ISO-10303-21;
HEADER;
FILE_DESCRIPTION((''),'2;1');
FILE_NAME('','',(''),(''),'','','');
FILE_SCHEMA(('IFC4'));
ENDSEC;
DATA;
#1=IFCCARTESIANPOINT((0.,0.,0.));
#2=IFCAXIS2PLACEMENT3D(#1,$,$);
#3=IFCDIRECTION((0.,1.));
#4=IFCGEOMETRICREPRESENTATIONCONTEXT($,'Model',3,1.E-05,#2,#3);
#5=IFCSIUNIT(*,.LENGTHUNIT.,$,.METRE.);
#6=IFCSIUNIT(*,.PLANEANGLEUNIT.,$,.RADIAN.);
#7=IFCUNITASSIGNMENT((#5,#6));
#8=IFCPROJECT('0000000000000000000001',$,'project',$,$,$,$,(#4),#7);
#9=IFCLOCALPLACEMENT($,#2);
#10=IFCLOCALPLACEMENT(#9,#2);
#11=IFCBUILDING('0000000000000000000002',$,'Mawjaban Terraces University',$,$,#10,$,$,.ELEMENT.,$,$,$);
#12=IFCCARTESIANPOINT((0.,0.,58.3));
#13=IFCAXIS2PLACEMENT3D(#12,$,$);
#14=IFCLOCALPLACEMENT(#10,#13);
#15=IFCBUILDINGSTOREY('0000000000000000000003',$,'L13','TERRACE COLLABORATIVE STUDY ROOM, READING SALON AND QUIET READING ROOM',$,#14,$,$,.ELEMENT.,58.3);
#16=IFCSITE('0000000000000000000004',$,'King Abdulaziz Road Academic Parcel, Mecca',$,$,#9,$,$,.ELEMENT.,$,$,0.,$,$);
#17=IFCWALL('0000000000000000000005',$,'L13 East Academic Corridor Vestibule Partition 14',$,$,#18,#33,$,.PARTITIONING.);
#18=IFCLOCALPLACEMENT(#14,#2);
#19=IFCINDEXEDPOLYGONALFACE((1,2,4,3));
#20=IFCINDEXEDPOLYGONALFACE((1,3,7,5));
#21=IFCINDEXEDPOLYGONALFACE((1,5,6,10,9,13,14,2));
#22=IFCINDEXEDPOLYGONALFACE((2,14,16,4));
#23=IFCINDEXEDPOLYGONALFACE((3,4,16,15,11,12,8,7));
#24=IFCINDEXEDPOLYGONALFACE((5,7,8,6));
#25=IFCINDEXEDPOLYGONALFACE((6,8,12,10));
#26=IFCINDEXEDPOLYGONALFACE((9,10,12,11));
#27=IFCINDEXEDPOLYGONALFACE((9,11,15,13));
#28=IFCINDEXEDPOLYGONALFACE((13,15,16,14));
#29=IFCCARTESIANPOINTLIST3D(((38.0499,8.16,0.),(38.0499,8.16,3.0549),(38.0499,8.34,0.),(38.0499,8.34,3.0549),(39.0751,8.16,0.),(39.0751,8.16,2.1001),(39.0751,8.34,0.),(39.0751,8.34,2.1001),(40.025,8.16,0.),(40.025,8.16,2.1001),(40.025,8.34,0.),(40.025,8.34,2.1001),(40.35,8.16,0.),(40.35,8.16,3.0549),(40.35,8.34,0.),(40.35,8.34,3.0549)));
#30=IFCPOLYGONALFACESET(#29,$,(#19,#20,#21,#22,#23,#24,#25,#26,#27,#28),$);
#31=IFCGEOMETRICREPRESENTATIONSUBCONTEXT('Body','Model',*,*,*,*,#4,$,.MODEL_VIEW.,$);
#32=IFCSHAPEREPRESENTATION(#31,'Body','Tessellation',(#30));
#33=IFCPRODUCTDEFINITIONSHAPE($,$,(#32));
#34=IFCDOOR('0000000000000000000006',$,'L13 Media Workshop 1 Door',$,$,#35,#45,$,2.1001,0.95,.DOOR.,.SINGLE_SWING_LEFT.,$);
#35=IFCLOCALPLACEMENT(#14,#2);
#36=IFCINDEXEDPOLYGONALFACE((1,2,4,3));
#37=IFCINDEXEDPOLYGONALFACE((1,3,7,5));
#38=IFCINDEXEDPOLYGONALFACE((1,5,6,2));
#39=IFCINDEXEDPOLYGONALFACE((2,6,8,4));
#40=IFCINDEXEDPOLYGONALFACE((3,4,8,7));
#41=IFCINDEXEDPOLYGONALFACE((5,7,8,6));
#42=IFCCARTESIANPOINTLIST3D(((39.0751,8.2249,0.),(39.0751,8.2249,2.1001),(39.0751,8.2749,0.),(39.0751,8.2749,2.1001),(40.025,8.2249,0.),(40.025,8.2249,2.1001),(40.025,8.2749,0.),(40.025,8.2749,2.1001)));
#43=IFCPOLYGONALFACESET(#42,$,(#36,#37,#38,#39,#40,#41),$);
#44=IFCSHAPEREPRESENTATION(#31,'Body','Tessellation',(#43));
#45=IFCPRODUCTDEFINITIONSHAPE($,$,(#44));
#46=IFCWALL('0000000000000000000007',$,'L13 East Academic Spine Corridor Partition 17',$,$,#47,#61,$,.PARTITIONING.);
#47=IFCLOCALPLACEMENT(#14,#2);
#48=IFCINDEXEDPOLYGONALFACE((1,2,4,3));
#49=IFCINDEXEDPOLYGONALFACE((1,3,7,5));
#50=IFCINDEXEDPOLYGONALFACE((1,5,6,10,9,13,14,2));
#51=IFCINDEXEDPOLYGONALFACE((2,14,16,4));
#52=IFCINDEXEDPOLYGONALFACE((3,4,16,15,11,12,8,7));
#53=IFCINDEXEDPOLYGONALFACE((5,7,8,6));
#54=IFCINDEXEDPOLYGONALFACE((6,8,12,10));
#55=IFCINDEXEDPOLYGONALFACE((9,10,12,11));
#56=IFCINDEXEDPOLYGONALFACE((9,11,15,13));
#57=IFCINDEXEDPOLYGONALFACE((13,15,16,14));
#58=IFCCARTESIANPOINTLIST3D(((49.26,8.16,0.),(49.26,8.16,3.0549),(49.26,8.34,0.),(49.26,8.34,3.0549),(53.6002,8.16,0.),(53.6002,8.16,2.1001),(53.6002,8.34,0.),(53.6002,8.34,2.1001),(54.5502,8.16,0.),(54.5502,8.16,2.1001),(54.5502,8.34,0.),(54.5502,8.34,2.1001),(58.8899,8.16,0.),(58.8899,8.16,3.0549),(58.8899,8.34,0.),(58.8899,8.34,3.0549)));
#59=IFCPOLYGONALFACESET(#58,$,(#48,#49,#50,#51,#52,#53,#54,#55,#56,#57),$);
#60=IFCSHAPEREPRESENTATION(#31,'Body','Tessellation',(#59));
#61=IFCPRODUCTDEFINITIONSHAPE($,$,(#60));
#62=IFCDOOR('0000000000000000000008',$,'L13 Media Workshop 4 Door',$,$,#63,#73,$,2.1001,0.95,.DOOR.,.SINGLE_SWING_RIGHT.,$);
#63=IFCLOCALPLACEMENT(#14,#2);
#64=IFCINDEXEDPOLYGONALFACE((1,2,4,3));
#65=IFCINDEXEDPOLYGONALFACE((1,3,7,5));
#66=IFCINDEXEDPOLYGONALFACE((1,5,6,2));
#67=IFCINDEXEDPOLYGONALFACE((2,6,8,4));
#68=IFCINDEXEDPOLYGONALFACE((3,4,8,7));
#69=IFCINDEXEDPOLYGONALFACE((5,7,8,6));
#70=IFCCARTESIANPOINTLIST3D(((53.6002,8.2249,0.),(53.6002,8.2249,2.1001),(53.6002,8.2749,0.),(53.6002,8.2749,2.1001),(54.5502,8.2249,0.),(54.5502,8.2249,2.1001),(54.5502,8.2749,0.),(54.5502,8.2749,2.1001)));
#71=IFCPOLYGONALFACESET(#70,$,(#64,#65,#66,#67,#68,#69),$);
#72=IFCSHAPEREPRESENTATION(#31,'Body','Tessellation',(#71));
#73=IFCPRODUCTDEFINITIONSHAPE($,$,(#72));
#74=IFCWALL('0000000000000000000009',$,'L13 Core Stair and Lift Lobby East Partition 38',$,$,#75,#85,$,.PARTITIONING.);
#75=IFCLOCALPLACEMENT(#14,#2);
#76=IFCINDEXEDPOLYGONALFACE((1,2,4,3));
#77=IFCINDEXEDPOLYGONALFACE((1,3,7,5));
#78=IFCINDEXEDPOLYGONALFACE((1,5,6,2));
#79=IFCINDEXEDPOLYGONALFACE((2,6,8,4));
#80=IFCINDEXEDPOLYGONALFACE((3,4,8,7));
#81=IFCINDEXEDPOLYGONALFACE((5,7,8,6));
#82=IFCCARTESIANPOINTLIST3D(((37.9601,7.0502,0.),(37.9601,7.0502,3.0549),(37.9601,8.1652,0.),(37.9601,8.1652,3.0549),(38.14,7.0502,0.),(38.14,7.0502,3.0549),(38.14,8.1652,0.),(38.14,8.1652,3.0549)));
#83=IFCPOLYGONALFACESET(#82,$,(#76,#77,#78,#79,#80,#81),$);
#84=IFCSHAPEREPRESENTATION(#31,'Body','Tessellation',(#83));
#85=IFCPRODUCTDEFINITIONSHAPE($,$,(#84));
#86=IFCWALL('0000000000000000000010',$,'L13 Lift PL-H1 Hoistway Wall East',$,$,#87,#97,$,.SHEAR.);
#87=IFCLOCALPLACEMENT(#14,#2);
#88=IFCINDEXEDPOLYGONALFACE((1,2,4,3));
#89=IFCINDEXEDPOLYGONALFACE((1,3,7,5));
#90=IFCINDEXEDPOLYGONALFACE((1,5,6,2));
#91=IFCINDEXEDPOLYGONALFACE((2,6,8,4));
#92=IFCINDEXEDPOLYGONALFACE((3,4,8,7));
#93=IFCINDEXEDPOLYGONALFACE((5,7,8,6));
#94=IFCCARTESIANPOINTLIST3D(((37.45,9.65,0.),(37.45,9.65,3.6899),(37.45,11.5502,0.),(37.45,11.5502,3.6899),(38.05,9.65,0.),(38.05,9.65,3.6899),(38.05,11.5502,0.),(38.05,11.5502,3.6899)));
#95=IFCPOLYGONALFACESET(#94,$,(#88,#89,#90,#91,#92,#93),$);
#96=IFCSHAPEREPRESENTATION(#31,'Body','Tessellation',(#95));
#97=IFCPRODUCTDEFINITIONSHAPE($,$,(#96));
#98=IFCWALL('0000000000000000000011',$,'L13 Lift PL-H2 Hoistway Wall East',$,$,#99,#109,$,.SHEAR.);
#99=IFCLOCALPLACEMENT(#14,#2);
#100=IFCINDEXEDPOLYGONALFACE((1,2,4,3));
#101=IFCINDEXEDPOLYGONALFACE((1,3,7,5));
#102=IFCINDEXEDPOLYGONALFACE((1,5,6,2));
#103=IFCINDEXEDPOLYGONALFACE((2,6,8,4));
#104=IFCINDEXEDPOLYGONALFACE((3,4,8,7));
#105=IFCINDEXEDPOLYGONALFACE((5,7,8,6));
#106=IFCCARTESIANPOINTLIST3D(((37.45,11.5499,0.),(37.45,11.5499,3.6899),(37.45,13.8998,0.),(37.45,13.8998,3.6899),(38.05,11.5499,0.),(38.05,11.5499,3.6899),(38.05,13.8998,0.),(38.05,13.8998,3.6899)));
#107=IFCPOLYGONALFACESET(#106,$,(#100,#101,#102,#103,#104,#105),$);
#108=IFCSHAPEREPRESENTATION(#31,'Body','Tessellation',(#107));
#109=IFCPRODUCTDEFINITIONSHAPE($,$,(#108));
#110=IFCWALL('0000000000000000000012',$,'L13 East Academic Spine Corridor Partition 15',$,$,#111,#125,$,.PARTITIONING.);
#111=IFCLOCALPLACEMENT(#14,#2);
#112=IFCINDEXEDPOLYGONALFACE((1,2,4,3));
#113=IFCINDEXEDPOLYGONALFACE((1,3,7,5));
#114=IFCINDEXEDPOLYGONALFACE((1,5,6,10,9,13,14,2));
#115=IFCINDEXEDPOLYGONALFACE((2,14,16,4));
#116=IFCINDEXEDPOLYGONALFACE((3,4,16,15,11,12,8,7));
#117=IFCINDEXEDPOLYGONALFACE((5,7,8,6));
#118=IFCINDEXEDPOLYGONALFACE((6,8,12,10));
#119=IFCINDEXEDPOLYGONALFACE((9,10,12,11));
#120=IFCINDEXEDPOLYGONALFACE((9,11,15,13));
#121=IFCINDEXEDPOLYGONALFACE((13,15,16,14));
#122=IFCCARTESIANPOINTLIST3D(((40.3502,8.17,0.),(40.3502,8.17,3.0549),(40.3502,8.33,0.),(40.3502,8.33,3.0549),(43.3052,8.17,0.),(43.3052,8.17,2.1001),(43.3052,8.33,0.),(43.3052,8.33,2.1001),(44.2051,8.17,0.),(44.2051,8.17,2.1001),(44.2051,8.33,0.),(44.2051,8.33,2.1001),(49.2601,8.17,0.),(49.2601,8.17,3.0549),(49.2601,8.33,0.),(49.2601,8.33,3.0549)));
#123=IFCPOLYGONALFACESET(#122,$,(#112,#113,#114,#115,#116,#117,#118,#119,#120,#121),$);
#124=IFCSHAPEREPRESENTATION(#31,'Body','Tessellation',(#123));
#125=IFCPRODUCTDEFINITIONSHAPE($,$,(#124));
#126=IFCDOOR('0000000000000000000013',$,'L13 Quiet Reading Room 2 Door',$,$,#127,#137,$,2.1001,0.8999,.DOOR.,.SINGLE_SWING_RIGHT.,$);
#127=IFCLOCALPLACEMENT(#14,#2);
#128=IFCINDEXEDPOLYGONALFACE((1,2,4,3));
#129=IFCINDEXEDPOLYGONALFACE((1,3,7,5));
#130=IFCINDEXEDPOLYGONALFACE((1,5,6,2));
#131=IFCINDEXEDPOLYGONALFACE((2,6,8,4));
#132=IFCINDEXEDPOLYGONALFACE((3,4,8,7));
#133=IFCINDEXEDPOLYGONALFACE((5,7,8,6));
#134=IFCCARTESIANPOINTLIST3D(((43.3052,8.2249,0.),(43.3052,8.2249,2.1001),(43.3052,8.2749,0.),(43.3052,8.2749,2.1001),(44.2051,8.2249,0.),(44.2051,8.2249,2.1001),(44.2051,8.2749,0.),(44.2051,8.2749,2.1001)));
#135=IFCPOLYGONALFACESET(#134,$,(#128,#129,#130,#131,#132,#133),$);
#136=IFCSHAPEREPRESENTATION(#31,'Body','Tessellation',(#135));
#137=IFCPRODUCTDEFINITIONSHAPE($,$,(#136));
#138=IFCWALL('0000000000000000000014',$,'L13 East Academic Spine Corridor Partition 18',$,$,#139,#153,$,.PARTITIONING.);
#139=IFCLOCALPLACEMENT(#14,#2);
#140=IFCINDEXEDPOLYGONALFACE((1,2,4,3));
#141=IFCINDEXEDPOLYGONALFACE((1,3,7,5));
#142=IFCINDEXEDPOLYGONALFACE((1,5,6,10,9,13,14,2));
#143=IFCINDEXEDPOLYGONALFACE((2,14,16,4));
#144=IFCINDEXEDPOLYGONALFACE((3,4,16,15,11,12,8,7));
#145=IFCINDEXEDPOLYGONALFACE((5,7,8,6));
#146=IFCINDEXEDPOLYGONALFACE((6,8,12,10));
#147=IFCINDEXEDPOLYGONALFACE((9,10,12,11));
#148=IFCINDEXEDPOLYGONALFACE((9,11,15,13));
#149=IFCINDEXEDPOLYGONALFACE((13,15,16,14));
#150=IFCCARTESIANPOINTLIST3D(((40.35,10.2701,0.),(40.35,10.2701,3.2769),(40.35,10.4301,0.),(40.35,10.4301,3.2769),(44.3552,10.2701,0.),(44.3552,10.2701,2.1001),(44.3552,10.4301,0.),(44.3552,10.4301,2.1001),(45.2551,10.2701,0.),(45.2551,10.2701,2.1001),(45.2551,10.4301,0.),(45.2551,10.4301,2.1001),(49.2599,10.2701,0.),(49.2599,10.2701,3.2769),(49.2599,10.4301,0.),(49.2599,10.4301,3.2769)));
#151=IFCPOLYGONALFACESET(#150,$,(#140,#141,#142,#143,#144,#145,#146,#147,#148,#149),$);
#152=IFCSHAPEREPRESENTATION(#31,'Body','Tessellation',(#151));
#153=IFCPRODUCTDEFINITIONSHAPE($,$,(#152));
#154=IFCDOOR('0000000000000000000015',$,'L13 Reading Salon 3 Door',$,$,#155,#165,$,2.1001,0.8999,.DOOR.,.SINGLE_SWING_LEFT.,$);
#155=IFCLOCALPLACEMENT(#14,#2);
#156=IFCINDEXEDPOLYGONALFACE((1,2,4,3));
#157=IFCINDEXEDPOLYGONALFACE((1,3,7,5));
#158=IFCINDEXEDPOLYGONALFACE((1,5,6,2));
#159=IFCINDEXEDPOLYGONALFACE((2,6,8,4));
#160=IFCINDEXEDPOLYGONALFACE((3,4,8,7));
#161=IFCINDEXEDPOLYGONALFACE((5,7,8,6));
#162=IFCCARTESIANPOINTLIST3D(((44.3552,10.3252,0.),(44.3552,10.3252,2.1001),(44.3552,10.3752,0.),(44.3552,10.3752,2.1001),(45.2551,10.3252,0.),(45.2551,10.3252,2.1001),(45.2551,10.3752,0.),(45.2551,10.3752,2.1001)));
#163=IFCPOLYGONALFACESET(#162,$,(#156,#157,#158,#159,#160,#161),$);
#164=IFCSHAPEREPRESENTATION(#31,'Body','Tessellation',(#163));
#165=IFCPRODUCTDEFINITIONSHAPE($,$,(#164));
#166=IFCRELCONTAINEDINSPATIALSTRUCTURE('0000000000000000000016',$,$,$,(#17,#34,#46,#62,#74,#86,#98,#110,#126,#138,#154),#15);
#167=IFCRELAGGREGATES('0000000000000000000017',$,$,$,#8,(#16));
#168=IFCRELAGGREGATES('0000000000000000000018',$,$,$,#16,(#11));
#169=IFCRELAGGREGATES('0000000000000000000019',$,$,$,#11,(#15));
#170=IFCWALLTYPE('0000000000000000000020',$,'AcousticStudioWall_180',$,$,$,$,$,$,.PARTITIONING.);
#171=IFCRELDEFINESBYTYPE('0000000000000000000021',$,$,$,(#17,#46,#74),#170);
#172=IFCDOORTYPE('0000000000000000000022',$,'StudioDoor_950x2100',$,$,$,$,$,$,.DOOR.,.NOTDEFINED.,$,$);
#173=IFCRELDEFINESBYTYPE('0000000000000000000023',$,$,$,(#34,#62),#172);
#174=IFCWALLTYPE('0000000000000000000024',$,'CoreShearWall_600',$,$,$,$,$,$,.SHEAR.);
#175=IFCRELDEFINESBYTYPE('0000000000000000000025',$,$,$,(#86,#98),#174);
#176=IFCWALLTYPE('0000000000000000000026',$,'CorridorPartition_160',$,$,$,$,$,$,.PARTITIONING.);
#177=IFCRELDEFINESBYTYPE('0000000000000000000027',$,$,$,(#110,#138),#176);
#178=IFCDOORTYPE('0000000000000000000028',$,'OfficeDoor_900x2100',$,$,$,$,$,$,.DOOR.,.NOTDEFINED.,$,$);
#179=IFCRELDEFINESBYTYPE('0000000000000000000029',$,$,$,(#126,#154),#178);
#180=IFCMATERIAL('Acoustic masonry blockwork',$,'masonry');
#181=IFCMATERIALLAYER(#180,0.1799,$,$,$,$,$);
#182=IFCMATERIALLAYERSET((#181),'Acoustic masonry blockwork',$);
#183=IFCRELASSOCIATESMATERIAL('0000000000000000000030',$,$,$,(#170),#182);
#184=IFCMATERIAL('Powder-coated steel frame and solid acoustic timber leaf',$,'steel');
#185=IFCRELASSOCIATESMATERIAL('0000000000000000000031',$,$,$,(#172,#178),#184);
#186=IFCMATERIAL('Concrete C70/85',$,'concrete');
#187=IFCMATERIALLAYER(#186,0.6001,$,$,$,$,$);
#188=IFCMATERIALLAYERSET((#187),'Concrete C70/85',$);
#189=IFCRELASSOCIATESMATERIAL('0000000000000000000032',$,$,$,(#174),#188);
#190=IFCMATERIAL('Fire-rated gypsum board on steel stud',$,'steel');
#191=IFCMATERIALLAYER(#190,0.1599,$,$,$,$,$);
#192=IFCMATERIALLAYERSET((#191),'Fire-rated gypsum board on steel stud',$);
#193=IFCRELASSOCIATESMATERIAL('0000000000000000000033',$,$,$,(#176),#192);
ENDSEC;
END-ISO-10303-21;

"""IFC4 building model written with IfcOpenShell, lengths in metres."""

from ifc_helpers import new_model, si_unit, direction, frame, frame_2d, origin, place, context, subcontext, project, spatial, rectangle, extrude, material, layer, layer_set, type_object, element, fill, save


model = new_model("IFC4")

# Units and contexts
model_context = context("Model", 3, precision=1e-05, world=origin(), true_north=direction((0.0, 1.0)))
body_context = subcontext(model_context, "Body", "Model", "MODEL_VIEW")
ifc_project = project(units=[si_unit("LENGTHUNIT", "METRE"), si_unit("PLANEANGLEUNIT", "RADIAN")], contexts=[model_context])

# Site, building, storey
site_placement = place(None, origin())
site = spatial("IfcSite", under=ifc_project, at=site_placement, Name="King Abdulaziz Road Academic Parcel, Mecca", CompositionType="ELEMENT", RefElevation=0.0)
building_placement = place(site_placement, origin())
building = spatial("IfcBuilding", under=site, at=building_placement, Name="Mawjaban Terraces University", CompositionType="ELEMENT")
storey_placement = place(building_placement, frame((0.0, 0.0, 58.3)))
storey = spatial("IfcBuildingStorey", under=building, at=storey_placement, Name="L13", Description="TERRACE COLLABORATIVE STUDY ROOM, READING SALON AND QUIET READING ROOM", CompositionType="ELEMENT", Elevation=58.3)

# Walls, openings, doors
ifc_material_1 = material(Name="Acoustic masonry blockwork", Category="masonry")
ifc_layer_1 = layer(ifc_material_1, 0.1799)
ifc_layer_set_1 = layer_set([ifc_layer_1], Name="Acoustic masonry blockwork")
wall_type_1 = type_object("IfcWallType", Name="AcousticStudioWall_180", PredefinedType="PARTITIONING", material=ifc_layer_set_1)
wall_1_placement = place(storey_placement, frame((38.05, 8.25, 0.0), z_axis=(0.0, 0.0, 1.0), x_axis=(1.0, 0.0, 0.0)))
wall_1 = element("IfcWall", 1, at=wall_1_placement, inside=storey, type_object=wall_type_1, Name="L13 East Academic Corridor Vestibule Partition 14", PredefinedType="PARTITIONING", context=body_context, shape_type="SweptSolid", body=[
    extrude(rectangle(XDim=2.3, YDim=0.1799, at=frame_2d((1.1499, 0.0))), origin(), (0.0, 0.0, 1.0), 3.0549),
])
opening_1_placement = place(wall_1_placement, frame((1.0249, 0.0, 0.0)))
opening_1 = element("IfcOpeningElement", 2, at=opening_1_placement, cuts=wall_1, PredefinedType="OPENING", context=body_context, shape_type="SweptSolid", body=[
    extrude(rectangle(XDim=0.95, YDim=2.1001, at=frame_2d((0.4751, 1.05))), frame((0.0, 0.0999, 0.0), z_axis=(0.0, -1.0, 0.0), x_axis=(1.0, 0.0, 0.0)), (0.0, 0.0, 1.0), 0.2),
])
ifc_material_2 = material(Name="Powder-coated steel frame and solid acoustic timber leaf", Category="steel")
door_type_1 = type_object("IfcDoorType", Name="StudioDoor_950x2100", OperationType="NOTDEFINED", PredefinedType="DOOR", material=ifc_material_2)
door_1_placement = place(opening_1_placement, origin())
door_1 = element("IfcDoor", 3, at=door_1_placement, inside=storey, type_object=door_type_1, Name="L13 Media Workshop 1 Door", OperationType="SINGLE_SWING_LEFT", OverallHeight=2.1001, OverallWidth=0.95, PredefinedType="DOOR", context=body_context, shape_type="SweptSolid", body=[
    extrude(rectangle(XDim=0.95, YDim=2.1001, at=frame_2d((0.4751, 1.05))), frame((0.0, 0.0249, 0.0), z_axis=(0.0, -1.0, 0.0), x_axis=(1.0, 0.0, 0.0)), (0.0, 0.0, 1.0), 0.05),
])
fill(opening_1, door_1)
wall_2_placement = place(storey_placement, frame((49.26, 8.25, 0.0), z_axis=(0.0, 0.0, 1.0), x_axis=(1.0, 0.0, 0.0)))
wall_2 = element("IfcWall", 4, at=wall_2_placement, inside=storey, type_object=wall_type_1, Name="L13 East Academic Spine Corridor Partition 17", PredefinedType="PARTITIONING", context=body_context, shape_type="SweptSolid", body=[
    extrude(rectangle(XDim=9.6299, YDim=0.1799, at=frame_2d((4.8149, 0.0))), origin(), (0.0, 0.0, 1.0), 3.0549),
])
opening_2_placement = place(wall_2_placement, frame((4.3401, 0.0, 0.0)))
opening_2 = element("IfcOpeningElement", 5, at=opening_2_placement, cuts=wall_2, PredefinedType="OPENING", context=body_context, shape_type="SweptSolid", body=[
    extrude(rectangle(XDim=0.95, YDim=2.1001, at=frame_2d((0.4751, 1.05))), frame((0.0, 0.0999, 0.0), z_axis=(0.0, -1.0, 0.0), x_axis=(1.0, 0.0, 0.0)), (0.0, 0.0, 1.0), 0.2),
])
door_2_placement = place(opening_2_placement, origin())
door_2 = element("IfcDoor", 6, at=door_2_placement, inside=storey, type_object=door_type_1, Name="L13 Media Workshop 4 Door", OperationType="SINGLE_SWING_RIGHT", OverallHeight=2.1001, OverallWidth=0.95, PredefinedType="DOOR", context=body_context, shape_type="SweptSolid", body=[
    extrude(rectangle(XDim=0.95, YDim=2.1001, at=frame_2d((0.4751, 1.05))), frame((0.0, 0.0249, 0.0), z_axis=(0.0, -1.0, 0.0), x_axis=(1.0, 0.0, 0.0)), (0.0, 0.0, 1.0), 0.05),
])
fill(opening_2, door_2)

# Walls
wall_3_placement = place(storey_placement, frame((38.05, 7.05, 0.0), z_axis=(0.0, 0.0, 1.0), x_axis=(0.0, 1.0, 0.0)))
element("IfcWall", 7, at=wall_3_placement, inside=storey, type_object=wall_type_1, Name="L13 Core Stair and Lift Lobby East Partition 38", PredefinedType="PARTITIONING", context=body_context, shape_type="SweptSolid", body=[
    extrude(rectangle(XDim=1.115, YDim=0.1799, at=frame_2d((0.5576, 0.0))), origin(), (0.0, 0.0, 1.0), 3.0549),
])
ifc_material_3 = material(Name="Concrete C70/85", Category="concrete")
ifc_layer_2 = layer(ifc_material_3, 0.6001)
ifc_layer_set_2 = layer_set([ifc_layer_2], Name="Concrete C70/85")
wall_type_2 = type_object("IfcWallType", Name="CoreShearWall_600", PredefinedType="SHEAR", material=ifc_layer_set_2)
wall_4_placement = place(storey_placement, frame((37.75, 9.6499, 0.0), z_axis=(0.0, 0.0, 1.0), x_axis=(0.0, 1.0, 0.0)))
element("IfcWall", 8, at=wall_4_placement, inside=storey, type_object=wall_type_2, Name="L13 Lift PL-H1 Hoistway Wall East", PredefinedType="SHEAR", context=body_context, shape_type="SweptSolid", body=[
    extrude(rectangle(XDim=1.9001, YDim=0.6001, at=frame_2d((0.9502, 0.0))), origin(), (0.0, 0.0, 1.0), 3.6899),
])
wall_5_placement = place(storey_placement, frame((37.75, 11.55, 0.0), z_axis=(0.0, 0.0, 1.0), x_axis=(0.0, 1.0, 0.0)))
element("IfcWall", 9, at=wall_5_placement, inside=storey, type_object=wall_type_2, Name="L13 Lift PL-H2 Hoistway Wall East", PredefinedType="SHEAR", context=body_context, shape_type="SweptSolid", body=[
    extrude(rectangle(XDim=2.3499, YDim=0.6001, at=frame_2d((1.1748, 0.0))), origin(), (0.0, 0.0, 1.0), 3.6899),
])

# Walls, openings, doors
ifc_material_4 = material(Name="Fire-rated gypsum board on steel stud", Category="steel")
ifc_layer_3 = layer(ifc_material_4, 0.1599)
ifc_layer_set_3 = layer_set([ifc_layer_3], Name="Fire-rated gypsum board on steel stud")
wall_type_3 = type_object("IfcWallType", Name="CorridorPartition_160", PredefinedType="PARTITIONING", material=ifc_layer_set_3)
wall_6_placement = place(storey_placement, frame((40.3501, 8.25, 0.0), z_axis=(0.0, 0.0, 1.0), x_axis=(1.0, 0.0, 0.0)))
wall_6 = element("IfcWall", 10, at=wall_6_placement, inside=storey, type_object=wall_type_3, Name="L13 East Academic Spine Corridor Partition 15", PredefinedType="PARTITIONING", context=body_context, shape_type="SweptSolid", body=[
    extrude(rectangle(XDim=8.9099, YDim=0.1599, at=frame_2d((4.4551, 0.0))), origin(), (0.0, 0.0, 1.0), 3.0549),
])
opening_3_placement = place(wall_6_placement, frame((2.9551, 0.0, 0.0)))
opening_3 = element("IfcOpeningElement", 11, at=opening_3_placement, cuts=wall_6, PredefinedType="OPENING", context=body_context, shape_type="SweptSolid", body=[
    extrude(rectangle(XDim=0.8999, YDim=2.1001, at=frame_2d((0.45, 1.05))), frame((0.0, 0.0898, 0.0), z_axis=(0.0, -1.0, 0.0), x_axis=(1.0, 0.0, 0.0)), (0.0, 0.0, 1.0), 0.1799),
])
door_type_2 = type_object("IfcDoorType", Name="OfficeDoor_900x2100", OperationType="NOTDEFINED", PredefinedType="DOOR", material=ifc_material_2)
door_3_placement = place(opening_3_placement, origin())
door_3 = element("IfcDoor", 12, at=door_3_placement, inside=storey, type_object=door_type_2, Name="L13 Quiet Reading Room 2 Door", OperationType="SINGLE_SWING_RIGHT", OverallHeight=2.1001, OverallWidth=0.8999, PredefinedType="DOOR", context=body_context, shape_type="SweptSolid", body=[
    extrude(rectangle(XDim=0.8999, YDim=2.1001, at=frame_2d((0.45, 1.05))), frame((0.0, 0.0249, 0.0), z_axis=(0.0, -1.0, 0.0), x_axis=(1.0, 0.0, 0.0)), (0.0, 0.0, 1.0), 0.05),
])
fill(opening_3, door_3)
wall_7_placement = place(storey_placement, frame((49.26, 10.3501, 0.0), z_axis=(0.0, 0.0, 1.0), x_axis=(-1.0, 0.0, 0.0)))
wall_7 = element("IfcWall", 13, at=wall_7_placement, inside=storey, type_object=wall_type_3, Name="L13 East Academic Spine Corridor Partition 18", PredefinedType="PARTITIONING", context=body_context, shape_type="SweptSolid", body=[
    extrude(rectangle(XDim=8.9099, YDim=0.1599, at=frame_2d((4.4551, 0.0))), origin(), (0.0, 0.0, 1.0), 3.2769),
])
opening_4_placement = place(wall_7_placement, frame((4.0049, 0.0, 0.0)))
opening_4 = element("IfcOpeningElement", 14, at=opening_4_placement, cuts=wall_7, PredefinedType="OPENING", context=body_context, shape_type="SweptSolid", body=[
    extrude(rectangle(XDim=0.8999, YDim=2.1001, at=frame_2d((0.45, 1.05))), frame((0.0, 0.0898, 0.0), z_axis=(0.0, -1.0, 0.0), x_axis=(1.0, 0.0, 0.0)), (0.0, 0.0, 1.0), 0.1799),
])
door_4_placement = place(opening_4_placement, origin())
door_4 = element("IfcDoor", 15, at=door_4_placement, inside=storey, type_object=door_type_2, Name="L13 Reading Salon 3 Door", OperationType="SINGLE_SWING_LEFT", OverallHeight=2.1001, OverallWidth=0.8999, PredefinedType="DOOR", context=body_context, shape_type="SweptSolid", body=[
    extrude(rectangle(XDim=0.8999, YDim=2.1001, at=frame_2d((0.45, 1.05))), frame((0.0, 0.0249, 0.0), z_axis=(0.0, -1.0, 0.0), x_axis=(1.0, 0.0, 0.0)), (0.0, 0.0, 1.0), 0.05),
])
fill(opening_4, door_4)

save(model, "model.ifc")
